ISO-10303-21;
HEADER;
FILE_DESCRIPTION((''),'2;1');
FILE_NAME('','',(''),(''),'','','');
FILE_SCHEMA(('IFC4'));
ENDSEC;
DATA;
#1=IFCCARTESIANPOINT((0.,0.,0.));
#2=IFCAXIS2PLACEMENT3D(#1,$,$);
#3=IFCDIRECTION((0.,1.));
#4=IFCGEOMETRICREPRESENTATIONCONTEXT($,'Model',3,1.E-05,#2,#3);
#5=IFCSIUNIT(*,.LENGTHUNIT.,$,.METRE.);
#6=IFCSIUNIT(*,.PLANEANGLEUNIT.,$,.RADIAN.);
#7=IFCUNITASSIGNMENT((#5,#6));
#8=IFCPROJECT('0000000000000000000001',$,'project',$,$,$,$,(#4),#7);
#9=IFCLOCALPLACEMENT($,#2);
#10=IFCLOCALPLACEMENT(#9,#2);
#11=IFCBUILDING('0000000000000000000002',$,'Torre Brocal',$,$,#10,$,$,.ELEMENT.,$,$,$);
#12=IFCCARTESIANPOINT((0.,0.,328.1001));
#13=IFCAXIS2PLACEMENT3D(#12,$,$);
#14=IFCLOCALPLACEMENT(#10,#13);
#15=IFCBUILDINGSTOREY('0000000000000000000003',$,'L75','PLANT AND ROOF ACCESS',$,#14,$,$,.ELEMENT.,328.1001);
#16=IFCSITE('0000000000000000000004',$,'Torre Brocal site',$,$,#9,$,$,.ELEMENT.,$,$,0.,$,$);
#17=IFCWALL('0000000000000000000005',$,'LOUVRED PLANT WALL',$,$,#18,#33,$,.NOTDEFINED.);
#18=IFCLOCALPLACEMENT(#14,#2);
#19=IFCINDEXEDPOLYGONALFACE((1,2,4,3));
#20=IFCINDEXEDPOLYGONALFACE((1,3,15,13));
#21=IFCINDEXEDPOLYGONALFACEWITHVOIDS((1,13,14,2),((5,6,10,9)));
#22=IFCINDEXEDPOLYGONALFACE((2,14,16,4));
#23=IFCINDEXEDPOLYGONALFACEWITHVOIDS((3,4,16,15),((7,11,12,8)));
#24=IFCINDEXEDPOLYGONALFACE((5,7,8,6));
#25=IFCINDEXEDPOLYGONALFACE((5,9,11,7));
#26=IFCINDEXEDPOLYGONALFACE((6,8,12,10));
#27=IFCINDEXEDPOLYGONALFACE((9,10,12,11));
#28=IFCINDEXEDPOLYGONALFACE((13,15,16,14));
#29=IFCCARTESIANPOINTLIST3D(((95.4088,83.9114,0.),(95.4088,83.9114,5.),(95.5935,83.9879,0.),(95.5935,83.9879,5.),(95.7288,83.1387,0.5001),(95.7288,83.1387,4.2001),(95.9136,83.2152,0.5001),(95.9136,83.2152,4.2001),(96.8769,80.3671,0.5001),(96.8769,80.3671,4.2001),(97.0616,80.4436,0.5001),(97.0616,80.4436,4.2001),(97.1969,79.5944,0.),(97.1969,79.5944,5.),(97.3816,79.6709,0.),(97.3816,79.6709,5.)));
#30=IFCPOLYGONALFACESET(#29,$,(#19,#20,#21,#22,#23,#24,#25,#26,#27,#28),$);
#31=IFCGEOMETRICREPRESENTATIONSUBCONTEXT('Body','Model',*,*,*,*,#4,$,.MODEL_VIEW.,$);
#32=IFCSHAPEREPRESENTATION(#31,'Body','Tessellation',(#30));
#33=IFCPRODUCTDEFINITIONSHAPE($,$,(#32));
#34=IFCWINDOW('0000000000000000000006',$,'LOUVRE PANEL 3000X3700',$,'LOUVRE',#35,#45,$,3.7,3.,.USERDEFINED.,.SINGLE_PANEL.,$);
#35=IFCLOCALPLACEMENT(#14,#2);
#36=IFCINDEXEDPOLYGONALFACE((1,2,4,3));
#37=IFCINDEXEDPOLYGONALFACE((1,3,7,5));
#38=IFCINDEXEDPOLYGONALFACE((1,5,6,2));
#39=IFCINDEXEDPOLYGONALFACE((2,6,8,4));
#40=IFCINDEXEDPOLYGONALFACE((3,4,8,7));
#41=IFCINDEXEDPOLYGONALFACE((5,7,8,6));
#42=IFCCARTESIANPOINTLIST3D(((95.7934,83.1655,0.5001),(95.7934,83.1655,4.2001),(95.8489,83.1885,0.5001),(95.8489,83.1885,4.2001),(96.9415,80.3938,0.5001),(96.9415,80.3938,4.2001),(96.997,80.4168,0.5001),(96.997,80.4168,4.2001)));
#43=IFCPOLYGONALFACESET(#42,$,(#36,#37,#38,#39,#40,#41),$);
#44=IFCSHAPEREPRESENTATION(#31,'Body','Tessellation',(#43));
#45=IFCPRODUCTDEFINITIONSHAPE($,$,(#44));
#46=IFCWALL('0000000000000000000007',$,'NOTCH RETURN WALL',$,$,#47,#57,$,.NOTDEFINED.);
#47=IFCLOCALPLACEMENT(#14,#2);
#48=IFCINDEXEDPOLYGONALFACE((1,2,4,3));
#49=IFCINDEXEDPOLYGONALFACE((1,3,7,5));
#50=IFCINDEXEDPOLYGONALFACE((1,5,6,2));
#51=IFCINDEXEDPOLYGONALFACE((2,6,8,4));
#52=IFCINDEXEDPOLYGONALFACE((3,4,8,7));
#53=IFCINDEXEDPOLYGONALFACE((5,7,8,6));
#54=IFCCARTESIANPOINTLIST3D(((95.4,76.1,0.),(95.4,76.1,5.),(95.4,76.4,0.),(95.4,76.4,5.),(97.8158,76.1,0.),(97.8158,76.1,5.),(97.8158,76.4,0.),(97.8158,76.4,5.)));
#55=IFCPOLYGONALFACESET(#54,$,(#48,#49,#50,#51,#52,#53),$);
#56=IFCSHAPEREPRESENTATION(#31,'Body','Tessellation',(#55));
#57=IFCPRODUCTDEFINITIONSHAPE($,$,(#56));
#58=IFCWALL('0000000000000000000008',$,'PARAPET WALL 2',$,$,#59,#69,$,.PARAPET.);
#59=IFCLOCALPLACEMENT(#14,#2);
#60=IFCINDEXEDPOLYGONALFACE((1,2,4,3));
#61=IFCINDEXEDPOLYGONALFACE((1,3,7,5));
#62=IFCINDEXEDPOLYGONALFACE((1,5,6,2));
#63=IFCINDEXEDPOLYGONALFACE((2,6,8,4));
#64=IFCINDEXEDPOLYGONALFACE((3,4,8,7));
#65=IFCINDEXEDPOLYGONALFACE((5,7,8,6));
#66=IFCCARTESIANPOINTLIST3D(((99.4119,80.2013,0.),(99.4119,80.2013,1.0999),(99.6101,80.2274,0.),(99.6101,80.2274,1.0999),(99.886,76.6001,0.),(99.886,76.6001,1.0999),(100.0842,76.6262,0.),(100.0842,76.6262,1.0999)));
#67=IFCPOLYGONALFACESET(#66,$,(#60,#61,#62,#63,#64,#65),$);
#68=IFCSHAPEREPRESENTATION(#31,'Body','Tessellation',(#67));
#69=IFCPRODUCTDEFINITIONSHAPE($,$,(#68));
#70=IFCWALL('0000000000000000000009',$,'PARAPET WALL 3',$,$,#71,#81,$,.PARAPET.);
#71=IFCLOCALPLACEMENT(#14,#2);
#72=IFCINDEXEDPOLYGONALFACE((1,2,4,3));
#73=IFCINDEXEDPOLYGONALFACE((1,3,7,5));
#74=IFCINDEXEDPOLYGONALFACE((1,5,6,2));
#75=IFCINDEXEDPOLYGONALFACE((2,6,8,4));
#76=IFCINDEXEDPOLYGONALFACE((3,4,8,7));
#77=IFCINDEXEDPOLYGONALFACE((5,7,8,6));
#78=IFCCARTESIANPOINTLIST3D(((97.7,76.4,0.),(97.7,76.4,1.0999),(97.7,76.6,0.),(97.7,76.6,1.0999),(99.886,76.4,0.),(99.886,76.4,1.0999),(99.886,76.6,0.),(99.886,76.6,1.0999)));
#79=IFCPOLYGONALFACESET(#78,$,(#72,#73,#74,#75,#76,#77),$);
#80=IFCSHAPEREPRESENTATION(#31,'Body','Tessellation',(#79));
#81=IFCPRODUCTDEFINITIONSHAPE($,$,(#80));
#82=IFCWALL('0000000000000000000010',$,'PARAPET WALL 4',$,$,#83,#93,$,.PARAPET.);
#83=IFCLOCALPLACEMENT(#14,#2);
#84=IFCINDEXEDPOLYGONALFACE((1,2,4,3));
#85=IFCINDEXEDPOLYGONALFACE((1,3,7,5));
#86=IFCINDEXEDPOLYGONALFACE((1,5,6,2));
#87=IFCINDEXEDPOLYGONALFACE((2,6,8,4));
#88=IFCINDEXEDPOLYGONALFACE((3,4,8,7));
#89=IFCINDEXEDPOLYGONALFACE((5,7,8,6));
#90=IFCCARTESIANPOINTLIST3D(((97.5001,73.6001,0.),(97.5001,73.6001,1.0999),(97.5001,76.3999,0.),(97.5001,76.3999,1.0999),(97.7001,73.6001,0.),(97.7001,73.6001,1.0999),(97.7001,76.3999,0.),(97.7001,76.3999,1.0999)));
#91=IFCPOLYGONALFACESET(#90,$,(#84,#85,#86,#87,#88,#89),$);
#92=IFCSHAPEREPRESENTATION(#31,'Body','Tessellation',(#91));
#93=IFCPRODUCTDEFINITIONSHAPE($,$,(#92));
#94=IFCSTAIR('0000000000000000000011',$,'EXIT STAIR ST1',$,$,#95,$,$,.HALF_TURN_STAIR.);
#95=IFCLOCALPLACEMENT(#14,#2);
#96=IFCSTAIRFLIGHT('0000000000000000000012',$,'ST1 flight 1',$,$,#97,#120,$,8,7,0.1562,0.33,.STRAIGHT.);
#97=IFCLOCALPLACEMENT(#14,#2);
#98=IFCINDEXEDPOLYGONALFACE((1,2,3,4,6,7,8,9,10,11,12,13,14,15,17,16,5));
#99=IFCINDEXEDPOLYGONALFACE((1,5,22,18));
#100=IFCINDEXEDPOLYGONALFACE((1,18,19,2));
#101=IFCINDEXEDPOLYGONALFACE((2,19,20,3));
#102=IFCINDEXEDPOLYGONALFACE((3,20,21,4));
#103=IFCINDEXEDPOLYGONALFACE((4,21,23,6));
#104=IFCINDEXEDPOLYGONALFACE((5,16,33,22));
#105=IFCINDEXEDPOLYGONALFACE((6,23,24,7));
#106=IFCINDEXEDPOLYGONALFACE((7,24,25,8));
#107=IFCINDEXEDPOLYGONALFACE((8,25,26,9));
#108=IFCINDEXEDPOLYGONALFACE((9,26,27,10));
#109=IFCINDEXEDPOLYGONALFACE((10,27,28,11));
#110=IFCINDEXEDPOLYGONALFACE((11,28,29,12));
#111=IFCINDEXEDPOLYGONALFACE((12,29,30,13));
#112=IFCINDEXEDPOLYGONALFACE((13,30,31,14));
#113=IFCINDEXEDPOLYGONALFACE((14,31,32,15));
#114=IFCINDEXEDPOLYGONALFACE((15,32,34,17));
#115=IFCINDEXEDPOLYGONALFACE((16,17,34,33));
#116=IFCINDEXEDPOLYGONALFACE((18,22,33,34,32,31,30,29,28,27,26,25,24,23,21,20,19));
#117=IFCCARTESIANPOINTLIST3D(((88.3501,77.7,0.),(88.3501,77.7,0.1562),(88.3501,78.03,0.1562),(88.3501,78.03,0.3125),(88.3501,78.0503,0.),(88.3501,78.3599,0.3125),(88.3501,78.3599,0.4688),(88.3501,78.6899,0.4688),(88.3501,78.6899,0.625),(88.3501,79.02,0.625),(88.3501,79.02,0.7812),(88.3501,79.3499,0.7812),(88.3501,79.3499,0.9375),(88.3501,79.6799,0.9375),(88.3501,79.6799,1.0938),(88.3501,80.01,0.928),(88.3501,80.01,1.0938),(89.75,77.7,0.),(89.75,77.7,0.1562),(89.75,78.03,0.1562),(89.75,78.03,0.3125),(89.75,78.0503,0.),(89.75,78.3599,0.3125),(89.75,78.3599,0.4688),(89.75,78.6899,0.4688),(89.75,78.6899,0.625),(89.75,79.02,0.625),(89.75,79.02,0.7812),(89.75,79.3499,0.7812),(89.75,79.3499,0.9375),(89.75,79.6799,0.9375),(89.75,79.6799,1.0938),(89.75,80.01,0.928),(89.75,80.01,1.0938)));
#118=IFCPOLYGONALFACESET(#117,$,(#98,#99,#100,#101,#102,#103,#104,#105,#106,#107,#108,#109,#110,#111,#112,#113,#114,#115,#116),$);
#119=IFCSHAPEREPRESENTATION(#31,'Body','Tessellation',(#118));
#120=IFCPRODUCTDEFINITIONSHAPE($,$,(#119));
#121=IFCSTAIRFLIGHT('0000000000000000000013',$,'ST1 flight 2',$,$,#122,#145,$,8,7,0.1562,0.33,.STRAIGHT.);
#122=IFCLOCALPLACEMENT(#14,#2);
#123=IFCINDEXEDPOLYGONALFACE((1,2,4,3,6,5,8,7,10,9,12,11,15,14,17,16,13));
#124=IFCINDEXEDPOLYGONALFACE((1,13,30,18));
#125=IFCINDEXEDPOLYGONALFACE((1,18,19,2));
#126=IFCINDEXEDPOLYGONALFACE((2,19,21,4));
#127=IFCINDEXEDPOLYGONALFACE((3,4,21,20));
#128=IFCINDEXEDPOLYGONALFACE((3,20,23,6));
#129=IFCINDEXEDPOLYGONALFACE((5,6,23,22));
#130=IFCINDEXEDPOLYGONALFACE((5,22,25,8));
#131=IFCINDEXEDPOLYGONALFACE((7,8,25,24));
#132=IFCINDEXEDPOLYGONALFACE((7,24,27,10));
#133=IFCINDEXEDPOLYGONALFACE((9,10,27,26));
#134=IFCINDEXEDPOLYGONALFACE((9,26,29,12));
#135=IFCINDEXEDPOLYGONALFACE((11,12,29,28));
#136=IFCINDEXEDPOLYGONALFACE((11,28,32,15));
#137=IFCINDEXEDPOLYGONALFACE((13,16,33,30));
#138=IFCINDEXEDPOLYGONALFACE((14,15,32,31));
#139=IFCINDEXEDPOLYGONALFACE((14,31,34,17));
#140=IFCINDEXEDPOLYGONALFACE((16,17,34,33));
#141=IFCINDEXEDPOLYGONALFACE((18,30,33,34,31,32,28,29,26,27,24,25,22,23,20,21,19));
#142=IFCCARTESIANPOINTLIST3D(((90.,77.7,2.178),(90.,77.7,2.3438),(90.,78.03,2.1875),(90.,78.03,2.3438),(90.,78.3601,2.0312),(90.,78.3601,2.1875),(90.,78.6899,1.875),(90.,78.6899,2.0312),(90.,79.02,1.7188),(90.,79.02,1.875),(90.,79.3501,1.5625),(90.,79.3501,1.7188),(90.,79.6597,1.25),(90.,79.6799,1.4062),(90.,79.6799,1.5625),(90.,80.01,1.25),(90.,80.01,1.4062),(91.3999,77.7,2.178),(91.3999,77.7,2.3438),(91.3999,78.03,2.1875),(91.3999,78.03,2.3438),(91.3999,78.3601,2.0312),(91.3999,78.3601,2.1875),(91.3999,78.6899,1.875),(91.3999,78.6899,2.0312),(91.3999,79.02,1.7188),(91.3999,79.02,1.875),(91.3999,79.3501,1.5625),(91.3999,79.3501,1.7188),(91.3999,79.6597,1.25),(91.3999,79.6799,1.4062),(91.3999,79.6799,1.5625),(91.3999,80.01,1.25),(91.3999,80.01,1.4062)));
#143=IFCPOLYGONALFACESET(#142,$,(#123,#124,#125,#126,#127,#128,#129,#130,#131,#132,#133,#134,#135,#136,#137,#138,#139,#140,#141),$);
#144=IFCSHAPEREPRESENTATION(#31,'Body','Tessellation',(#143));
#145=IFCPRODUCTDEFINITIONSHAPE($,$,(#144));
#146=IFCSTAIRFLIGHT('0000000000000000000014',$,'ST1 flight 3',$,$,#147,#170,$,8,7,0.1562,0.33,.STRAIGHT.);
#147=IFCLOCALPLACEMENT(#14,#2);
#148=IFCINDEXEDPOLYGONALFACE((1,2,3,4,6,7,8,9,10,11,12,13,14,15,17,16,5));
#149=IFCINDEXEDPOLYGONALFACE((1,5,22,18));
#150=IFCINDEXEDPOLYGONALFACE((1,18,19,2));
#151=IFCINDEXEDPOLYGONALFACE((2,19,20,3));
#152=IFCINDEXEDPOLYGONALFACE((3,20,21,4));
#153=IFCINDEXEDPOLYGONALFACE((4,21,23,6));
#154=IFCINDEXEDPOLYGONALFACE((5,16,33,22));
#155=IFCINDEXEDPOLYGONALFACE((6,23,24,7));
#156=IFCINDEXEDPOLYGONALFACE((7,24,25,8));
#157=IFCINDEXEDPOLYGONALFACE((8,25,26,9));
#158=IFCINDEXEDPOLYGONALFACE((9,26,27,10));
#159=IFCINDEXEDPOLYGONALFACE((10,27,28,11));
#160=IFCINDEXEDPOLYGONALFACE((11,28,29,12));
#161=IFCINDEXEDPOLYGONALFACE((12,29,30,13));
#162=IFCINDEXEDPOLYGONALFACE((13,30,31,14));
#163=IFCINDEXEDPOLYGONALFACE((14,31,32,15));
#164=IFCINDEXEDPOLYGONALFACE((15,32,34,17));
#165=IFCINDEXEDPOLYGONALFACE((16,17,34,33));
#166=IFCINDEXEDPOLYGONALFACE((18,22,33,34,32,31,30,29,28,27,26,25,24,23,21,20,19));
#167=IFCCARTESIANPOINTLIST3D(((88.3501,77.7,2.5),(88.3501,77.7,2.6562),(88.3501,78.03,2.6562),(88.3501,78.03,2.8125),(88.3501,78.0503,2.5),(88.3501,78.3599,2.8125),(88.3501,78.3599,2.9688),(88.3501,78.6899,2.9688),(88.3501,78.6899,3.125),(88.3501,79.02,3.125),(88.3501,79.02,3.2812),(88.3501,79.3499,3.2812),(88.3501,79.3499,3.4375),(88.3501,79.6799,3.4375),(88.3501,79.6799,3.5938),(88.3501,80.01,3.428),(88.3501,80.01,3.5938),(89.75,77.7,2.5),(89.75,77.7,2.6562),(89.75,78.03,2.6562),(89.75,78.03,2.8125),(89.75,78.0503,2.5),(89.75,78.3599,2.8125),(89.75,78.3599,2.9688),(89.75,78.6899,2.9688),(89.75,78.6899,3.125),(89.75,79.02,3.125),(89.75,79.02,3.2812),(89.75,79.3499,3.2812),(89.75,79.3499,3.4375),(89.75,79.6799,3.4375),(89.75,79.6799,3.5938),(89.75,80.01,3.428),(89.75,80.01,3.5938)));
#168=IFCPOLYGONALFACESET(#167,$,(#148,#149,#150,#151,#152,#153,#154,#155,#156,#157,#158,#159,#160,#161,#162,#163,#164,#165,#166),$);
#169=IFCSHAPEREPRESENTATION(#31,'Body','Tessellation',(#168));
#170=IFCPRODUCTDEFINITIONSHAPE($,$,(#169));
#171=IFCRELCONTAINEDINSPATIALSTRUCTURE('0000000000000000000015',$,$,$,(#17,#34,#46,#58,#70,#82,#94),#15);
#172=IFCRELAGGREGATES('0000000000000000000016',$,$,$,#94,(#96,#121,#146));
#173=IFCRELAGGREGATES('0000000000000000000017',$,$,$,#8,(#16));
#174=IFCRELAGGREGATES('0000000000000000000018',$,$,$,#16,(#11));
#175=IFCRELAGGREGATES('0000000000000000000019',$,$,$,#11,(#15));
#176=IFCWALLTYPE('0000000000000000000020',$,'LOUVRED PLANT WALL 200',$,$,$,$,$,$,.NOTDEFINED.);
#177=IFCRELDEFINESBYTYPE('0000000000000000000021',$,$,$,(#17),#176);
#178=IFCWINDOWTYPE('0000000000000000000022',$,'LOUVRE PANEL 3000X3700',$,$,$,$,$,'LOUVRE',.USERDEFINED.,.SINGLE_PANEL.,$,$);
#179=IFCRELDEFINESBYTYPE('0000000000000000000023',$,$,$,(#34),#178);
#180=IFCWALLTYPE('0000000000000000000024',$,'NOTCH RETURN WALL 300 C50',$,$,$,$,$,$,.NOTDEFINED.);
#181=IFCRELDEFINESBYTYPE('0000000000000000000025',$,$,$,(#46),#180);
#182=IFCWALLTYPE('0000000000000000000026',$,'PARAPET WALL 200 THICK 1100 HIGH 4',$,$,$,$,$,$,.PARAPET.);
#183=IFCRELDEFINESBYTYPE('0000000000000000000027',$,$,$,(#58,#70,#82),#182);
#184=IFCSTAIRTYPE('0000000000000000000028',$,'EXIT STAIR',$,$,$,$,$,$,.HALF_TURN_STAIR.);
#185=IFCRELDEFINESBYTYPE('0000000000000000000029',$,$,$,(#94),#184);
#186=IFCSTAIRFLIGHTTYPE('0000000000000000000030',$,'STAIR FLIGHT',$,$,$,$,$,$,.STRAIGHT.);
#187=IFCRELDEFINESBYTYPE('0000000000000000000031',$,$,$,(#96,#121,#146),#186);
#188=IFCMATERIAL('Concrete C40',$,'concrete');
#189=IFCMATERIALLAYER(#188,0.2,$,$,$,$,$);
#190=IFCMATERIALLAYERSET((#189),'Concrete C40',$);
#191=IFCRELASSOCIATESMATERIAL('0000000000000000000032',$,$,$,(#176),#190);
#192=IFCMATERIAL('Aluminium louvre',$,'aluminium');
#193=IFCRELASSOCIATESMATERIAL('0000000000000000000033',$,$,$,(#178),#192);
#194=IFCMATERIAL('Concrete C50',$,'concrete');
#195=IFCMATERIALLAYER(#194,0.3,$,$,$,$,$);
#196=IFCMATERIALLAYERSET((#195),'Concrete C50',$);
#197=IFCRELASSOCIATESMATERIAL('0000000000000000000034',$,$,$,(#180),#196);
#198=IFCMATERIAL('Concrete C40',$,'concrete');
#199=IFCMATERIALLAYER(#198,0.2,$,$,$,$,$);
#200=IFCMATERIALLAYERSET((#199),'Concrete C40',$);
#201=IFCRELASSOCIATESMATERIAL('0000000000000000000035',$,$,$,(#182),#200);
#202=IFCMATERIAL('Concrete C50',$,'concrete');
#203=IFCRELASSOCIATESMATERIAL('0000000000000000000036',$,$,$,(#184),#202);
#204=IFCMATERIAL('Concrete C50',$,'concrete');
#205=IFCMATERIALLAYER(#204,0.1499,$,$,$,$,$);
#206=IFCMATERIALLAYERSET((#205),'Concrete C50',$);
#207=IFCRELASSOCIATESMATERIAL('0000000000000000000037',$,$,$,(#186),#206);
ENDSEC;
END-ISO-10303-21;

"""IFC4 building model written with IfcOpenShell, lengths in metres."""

from ifc_helpers import new_model, si_unit, direction, frame, frame_2d, origin, place, context, subcontext, project, spatial, polyline, rectangle, outline, extrude, material, layer, layer_set, type_object, element, fill, aggregate, save


model = new_model("IFC4")

# Units and contexts
model_context = context("Model", 3, precision=1e-05, world=origin(), true_north=direction((0.0, 1.0)))
body_context = subcontext(model_context, "Body", "Model", "MODEL_VIEW")
ifc_project = project(units=[si_unit("LENGTHUNIT", "METRE"), si_unit("PLANEANGLEUNIT", "RADIAN")], contexts=[model_context])

# Site, building, storey
site_placement = place(None, origin())
site = spatial("IfcSite", under=ifc_project, at=site_placement, Name="Torre Brocal site", CompositionType="ELEMENT", RefElevation=0.0)
building_placement = place(site_placement, origin())
building = spatial("IfcBuilding", under=site, at=building_placement, Name="Torre Brocal", CompositionType="ELEMENT")
storey_placement = place(building_placement, frame((0.0, 0.0, 328.1001)))
storey = spatial("IfcBuildingStorey", under=building, at=storey_placement, Name="L75", Description="PLANT AND ROOF ACCESS", CompositionType="ELEMENT", Elevation=328.1001)

# Wall, opening, window
ifc_material_1 = material(Name="Concrete C40", Category="concrete")
ifc_layer_1 = layer(ifc_material_1, 0.2)
ifc_layer_set_1 = layer_set([ifc_layer_1], Name="Concrete C40")
wall_type_1 = type_object("IfcWallType", Name="LOUVRED PLANT WALL 200", PredefinedType="NOTDEFINED", material=ifc_layer_set_1)
wall_1_placement = place(storey_placement, frame((97.2893, 79.6326, 0.0), z_axis=(0.0, 0.0, 1.0), x_axis=(-0.382678, 0.923882, 0.0)))
wall_1 = element("IfcWall", 1, at=wall_1_placement, inside=storey, type_object=wall_type_1, Name="LOUVRED PLANT WALL", PredefinedType="NOTDEFINED", context=body_context, shape_type="SweptSolid", body=[
    extrude(rectangle(XDim=4.6726, YDim=0.2, at=frame_2d((2.3364, 0.0))), origin(), (0.0, 0.0, 1.0), 5.0),
])
opening_1_placement = place(wall_1_placement, frame((0.8364, 0.0, 0.5)))
opening_1 = element("IfcOpeningElement", 2, at=opening_1_placement, cuts=wall_1, PredefinedType="OPENING", context=body_context, shape_type="SweptSolid", body=[
    extrude(rectangle(XDim=3.0, YDim=3.7, at=frame_2d((1.5, 1.8501))), frame((0.0, 0.1099, 0.0), z_axis=(0.0, -1.0, 0.0), x_axis=(1.0, 0.0, 0.0)), (0.0, 0.0, 1.0), 0.22),
])
ifc_material_2 = material(Name="Aluminium louvre", Category="aluminium")
window_type_1 = type_object("IfcWindowType", Name="LOUVRE PANEL 3000X3700", ElementType="LOUVRE", PartitioningType="SINGLE_PANEL", PredefinedType="USERDEFINED", material=ifc_material_2)
window_1_placement = place(opening_1_placement, origin())
window_1 = element("IfcWindow", 3, at=window_1_placement, inside=storey, type_object=window_type_1, Name="LOUVRE PANEL 3000X3700", ObjectType="LOUVRE", OverallHeight=3.7, OverallWidth=3.0, PartitioningType="SINGLE_PANEL", PredefinedType="USERDEFINED", context=body_context, shape_type="SweptSolid", body=[
    extrude(rectangle(XDim=3.0, YDim=3.7, at=frame_2d((1.5, 1.8501))), frame((0.0, 0.03, 0.0), z_axis=(0.0, -1.0, 0.0), x_axis=(1.0, 0.0, 0.0)), (0.0, 0.0, 1.0), 0.0601),
])
fill(opening_1, window_1)

# Walls
ifc_material_3 = material(Name="Concrete C50", Category="concrete")
ifc_layer_2 = layer(ifc_material_3, 0.3)
ifc_layer_set_2 = layer_set([ifc_layer_2], Name="Concrete C50")
wall_type_2 = type_object("IfcWallType", Name="NOTCH RETURN WALL 300 C50", PredefinedType="NOTDEFINED", material=ifc_layer_set_2)
wall_2_placement = place(storey_placement, frame((95.3999, 76.25, 0.0), z_axis=(0.0, 0.0, 1.0), x_axis=(1.0, 0.0, 0.0)))
element("IfcWall", 4, at=wall_2_placement, inside=storey, type_object=wall_type_2, Name="NOTCH RETURN WALL", PredefinedType="NOTDEFINED", context=body_context, shape_type="SweptSolid", body=[
    extrude(rectangle(XDim=2.4158, YDim=0.3, at=frame_2d((1.208, 0.0))), origin(), (0.0, 0.0, 1.0), 5.0),
])
ifc_material_4 = material(Name="Concrete C40", Category="concrete")
ifc_layer_3 = layer(ifc_material_4, 0.2)
ifc_layer_set_3 = layer_set([ifc_layer_3], Name="Concrete C40")
wall_type_3 = type_object("IfcWallType", Name="PARAPET WALL 200 THICK 1100 HIGH 4", PredefinedType="PARAPET", material=ifc_layer_set_3)
wall_3_placement = place(storey_placement, frame((99.511, 80.2144, 0.0), z_axis=(0.0, 0.0, 1.0), x_axis=(0.130526, -0.991445, 0.0)))
element("IfcWall", 5, at=wall_3_placement, inside=storey, type_object=wall_type_3, Name="PARAPET WALL 2", PredefinedType="PARAPET", context=body_context, shape_type="SweptSolid", body=[
    extrude(rectangle(XDim=3.6323, YDim=0.2, at=frame_2d((1.8162, 0.0))), origin(), (0.0, 0.0, 1.0), 1.0999),
])
wall_4_placement = place(storey_placement, frame((99.886, 76.5, 0.0), z_axis=(0.0, 0.0, 1.0), x_axis=(-1.0, 0.0, 0.0)))
element("IfcWall", 6, at=wall_4_placement, inside=storey, type_object=wall_type_3, Name="PARAPET WALL 3", PredefinedType="PARAPET", context=body_context, shape_type="SweptSolid", body=[
    extrude(rectangle(XDim=2.186, YDim=0.2, at=frame_2d((1.093, 0.0))), origin(), (0.0, 0.0, 1.0), 1.0999),
])
wall_5_placement = place(storey_placement, frame((97.6001, 76.3999, 0.0), z_axis=(0.0, 0.0, 1.0), x_axis=(0.0, -1.0, 0.0)))
element("IfcWall", 7, at=wall_5_placement, inside=storey, type_object=wall_type_3, Name="PARAPET WALL 4", PredefinedType="PARAPET", context=body_context, shape_type="SweptSolid", body=[
    extrude(rectangle(XDim=2.7998, YDim=0.2, at=frame_2d((1.3999, 0.0))), origin(), (0.0, 0.0, 1.0), 1.0999),
])

# Stair, stair flights
ifc_material_5 = material(Name="Concrete C50", Category="concrete")
stair_type = type_object("IfcStairType", Name="EXIT STAIR", PredefinedType="HALF_TURN_STAIR", material=ifc_material_5)
stair_placement = place(storey_placement, origin())
stair = element("IfcStair", 8, at=stair_placement, inside=storey, type_object=stair_type, Name="EXIT STAIR ST1", PredefinedType="HALF_TURN_STAIR")
ifc_material_6 = material(Name="Concrete C50", Category="concrete")
ifc_layer_4 = layer(ifc_material_6, 0.1499)
ifc_layer_set_4 = layer_set([ifc_layer_4], Name="Concrete C50")
stair_flight_type = type_object("IfcStairFlightType", Name="STAIR FLIGHT", PredefinedType="STRAIGHT", material=ifc_layer_set_4)
stair_flight_1_placement = place(storey_placement, frame((89.05, 77.7, 0.0), z_axis=(0.0, 0.0, 1.0), x_axis=(0.0, 1.0, 0.0)))
stair_flight_1 = element("IfcStairFlight", 9, at=stair_flight_1_placement, type_object=stair_flight_type, Name="ST1 flight 1", NumberOfRisers=8, NumberOfTreads=7, PredefinedType="STRAIGHT", RiserHeight=0.1562, TreadLength=0.33, context=body_context, shape_type="SweptSolid", body=[
    extrude(outline(polyline([(0.0, 0.0), (0.0, 0.1562), (0.3301, 0.1562), (0.3301, 0.3125), (0.6599, 0.3125), (0.6599, 0.4688), (0.99, 0.4688), (0.99, 0.625), (1.3201, 0.625), (1.3201, 0.7812), (1.6499, 0.7812), (1.6499, 0.9375), (1.98, 0.9375), (1.98, 1.0938), (2.3101, 1.0938), (2.3101, 1.25), (2.3101, 0.928), (0.3503, 0.0), (0.0, 0.0)])), frame((0.0, 0.7, 0.0), z_axis=(0.0, -1.0, 0.0), x_axis=(1.0, 0.0, 0.0)), (0.0, 0.0, 1.0), 1.3999),
])
stair_flight_2_placement = place(storey_placement, frame((90.7, 80.01, 1.25), z_axis=(0.0, 0.0, 1.0), x_axis=(0.0, -1.0, 0.0)))
stair_flight_2 = element("IfcStairFlight", 10, at=stair_flight_2_placement, type_object=stair_flight_type, Name="ST1 flight 2", NumberOfRisers=8, NumberOfTreads=7, PredefinedType="STRAIGHT", RiserHeight=0.1562, TreadLength=0.33, context=body_context, shape_type="SweptSolid", body=[
    extrude(outline(polyline([(0.0, 0.0), (0.0, 0.1562), (0.3301, 0.1562), (0.3301, 0.3125), (0.6599, 0.3125), (0.6599, 0.4688), (0.99, 0.4688), (0.99, 0.625), (1.3201, 0.625), (1.3201, 0.7812), (1.6499, 0.7812), (1.6499, 0.9375), (1.98, 0.9375), (1.98, 1.0938), (2.3101, 1.0938), (2.3101, 1.25), (2.3101, 0.928), (0.3503, 0.0), (0.0, 0.0)])), frame((0.0, 0.7, 0.0), z_axis=(0.0, -1.0, 0.0), x_axis=(1.0, 0.0, 0.0)), (0.0, 0.0, 1.0), 1.3999),
])
stair_flight_3_placement = place(storey_placement, frame((89.05, 77.7, 2.5), z_axis=(0.0, 0.0, 1.0), x_axis=(0.0, 1.0, 0.0)))
stair_flight_3 = element("IfcStairFlight", 11, at=stair_flight_3_placement, type_object=stair_flight_type, Name="ST1 flight 3", NumberOfRisers=8, NumberOfTreads=7, PredefinedType="STRAIGHT", RiserHeight=0.1562, TreadLength=0.33, context=body_context, shape_type="SweptSolid", body=[
    extrude(outline(polyline([(0.0, 0.0), (0.0, 0.1562), (0.3301, 0.1562), (0.3301, 0.3125), (0.6599, 0.3125), (0.6599, 0.4688), (0.99, 0.4688), (0.99, 0.625), (1.3201, 0.625), (1.3201, 0.7812), (1.6499, 0.7812), (1.6499, 0.9375), (1.98, 0.9375), (1.98, 1.0938), (2.3101, 1.0938), (2.3101, 1.25), (2.3101, 0.928), (0.3503, 0.0), (0.0, 0.0)])), frame((0.0, 0.7, 0.0), z_axis=(0.0, -1.0, 0.0), x_axis=(1.0, 0.0, 0.0)), (0.0, 0.0, 1.0), 1.3999),
])
aggregate(stair, [stair_flight_1, stair_flight_2, stair_flight_3])

save(model, "model.ifc")
